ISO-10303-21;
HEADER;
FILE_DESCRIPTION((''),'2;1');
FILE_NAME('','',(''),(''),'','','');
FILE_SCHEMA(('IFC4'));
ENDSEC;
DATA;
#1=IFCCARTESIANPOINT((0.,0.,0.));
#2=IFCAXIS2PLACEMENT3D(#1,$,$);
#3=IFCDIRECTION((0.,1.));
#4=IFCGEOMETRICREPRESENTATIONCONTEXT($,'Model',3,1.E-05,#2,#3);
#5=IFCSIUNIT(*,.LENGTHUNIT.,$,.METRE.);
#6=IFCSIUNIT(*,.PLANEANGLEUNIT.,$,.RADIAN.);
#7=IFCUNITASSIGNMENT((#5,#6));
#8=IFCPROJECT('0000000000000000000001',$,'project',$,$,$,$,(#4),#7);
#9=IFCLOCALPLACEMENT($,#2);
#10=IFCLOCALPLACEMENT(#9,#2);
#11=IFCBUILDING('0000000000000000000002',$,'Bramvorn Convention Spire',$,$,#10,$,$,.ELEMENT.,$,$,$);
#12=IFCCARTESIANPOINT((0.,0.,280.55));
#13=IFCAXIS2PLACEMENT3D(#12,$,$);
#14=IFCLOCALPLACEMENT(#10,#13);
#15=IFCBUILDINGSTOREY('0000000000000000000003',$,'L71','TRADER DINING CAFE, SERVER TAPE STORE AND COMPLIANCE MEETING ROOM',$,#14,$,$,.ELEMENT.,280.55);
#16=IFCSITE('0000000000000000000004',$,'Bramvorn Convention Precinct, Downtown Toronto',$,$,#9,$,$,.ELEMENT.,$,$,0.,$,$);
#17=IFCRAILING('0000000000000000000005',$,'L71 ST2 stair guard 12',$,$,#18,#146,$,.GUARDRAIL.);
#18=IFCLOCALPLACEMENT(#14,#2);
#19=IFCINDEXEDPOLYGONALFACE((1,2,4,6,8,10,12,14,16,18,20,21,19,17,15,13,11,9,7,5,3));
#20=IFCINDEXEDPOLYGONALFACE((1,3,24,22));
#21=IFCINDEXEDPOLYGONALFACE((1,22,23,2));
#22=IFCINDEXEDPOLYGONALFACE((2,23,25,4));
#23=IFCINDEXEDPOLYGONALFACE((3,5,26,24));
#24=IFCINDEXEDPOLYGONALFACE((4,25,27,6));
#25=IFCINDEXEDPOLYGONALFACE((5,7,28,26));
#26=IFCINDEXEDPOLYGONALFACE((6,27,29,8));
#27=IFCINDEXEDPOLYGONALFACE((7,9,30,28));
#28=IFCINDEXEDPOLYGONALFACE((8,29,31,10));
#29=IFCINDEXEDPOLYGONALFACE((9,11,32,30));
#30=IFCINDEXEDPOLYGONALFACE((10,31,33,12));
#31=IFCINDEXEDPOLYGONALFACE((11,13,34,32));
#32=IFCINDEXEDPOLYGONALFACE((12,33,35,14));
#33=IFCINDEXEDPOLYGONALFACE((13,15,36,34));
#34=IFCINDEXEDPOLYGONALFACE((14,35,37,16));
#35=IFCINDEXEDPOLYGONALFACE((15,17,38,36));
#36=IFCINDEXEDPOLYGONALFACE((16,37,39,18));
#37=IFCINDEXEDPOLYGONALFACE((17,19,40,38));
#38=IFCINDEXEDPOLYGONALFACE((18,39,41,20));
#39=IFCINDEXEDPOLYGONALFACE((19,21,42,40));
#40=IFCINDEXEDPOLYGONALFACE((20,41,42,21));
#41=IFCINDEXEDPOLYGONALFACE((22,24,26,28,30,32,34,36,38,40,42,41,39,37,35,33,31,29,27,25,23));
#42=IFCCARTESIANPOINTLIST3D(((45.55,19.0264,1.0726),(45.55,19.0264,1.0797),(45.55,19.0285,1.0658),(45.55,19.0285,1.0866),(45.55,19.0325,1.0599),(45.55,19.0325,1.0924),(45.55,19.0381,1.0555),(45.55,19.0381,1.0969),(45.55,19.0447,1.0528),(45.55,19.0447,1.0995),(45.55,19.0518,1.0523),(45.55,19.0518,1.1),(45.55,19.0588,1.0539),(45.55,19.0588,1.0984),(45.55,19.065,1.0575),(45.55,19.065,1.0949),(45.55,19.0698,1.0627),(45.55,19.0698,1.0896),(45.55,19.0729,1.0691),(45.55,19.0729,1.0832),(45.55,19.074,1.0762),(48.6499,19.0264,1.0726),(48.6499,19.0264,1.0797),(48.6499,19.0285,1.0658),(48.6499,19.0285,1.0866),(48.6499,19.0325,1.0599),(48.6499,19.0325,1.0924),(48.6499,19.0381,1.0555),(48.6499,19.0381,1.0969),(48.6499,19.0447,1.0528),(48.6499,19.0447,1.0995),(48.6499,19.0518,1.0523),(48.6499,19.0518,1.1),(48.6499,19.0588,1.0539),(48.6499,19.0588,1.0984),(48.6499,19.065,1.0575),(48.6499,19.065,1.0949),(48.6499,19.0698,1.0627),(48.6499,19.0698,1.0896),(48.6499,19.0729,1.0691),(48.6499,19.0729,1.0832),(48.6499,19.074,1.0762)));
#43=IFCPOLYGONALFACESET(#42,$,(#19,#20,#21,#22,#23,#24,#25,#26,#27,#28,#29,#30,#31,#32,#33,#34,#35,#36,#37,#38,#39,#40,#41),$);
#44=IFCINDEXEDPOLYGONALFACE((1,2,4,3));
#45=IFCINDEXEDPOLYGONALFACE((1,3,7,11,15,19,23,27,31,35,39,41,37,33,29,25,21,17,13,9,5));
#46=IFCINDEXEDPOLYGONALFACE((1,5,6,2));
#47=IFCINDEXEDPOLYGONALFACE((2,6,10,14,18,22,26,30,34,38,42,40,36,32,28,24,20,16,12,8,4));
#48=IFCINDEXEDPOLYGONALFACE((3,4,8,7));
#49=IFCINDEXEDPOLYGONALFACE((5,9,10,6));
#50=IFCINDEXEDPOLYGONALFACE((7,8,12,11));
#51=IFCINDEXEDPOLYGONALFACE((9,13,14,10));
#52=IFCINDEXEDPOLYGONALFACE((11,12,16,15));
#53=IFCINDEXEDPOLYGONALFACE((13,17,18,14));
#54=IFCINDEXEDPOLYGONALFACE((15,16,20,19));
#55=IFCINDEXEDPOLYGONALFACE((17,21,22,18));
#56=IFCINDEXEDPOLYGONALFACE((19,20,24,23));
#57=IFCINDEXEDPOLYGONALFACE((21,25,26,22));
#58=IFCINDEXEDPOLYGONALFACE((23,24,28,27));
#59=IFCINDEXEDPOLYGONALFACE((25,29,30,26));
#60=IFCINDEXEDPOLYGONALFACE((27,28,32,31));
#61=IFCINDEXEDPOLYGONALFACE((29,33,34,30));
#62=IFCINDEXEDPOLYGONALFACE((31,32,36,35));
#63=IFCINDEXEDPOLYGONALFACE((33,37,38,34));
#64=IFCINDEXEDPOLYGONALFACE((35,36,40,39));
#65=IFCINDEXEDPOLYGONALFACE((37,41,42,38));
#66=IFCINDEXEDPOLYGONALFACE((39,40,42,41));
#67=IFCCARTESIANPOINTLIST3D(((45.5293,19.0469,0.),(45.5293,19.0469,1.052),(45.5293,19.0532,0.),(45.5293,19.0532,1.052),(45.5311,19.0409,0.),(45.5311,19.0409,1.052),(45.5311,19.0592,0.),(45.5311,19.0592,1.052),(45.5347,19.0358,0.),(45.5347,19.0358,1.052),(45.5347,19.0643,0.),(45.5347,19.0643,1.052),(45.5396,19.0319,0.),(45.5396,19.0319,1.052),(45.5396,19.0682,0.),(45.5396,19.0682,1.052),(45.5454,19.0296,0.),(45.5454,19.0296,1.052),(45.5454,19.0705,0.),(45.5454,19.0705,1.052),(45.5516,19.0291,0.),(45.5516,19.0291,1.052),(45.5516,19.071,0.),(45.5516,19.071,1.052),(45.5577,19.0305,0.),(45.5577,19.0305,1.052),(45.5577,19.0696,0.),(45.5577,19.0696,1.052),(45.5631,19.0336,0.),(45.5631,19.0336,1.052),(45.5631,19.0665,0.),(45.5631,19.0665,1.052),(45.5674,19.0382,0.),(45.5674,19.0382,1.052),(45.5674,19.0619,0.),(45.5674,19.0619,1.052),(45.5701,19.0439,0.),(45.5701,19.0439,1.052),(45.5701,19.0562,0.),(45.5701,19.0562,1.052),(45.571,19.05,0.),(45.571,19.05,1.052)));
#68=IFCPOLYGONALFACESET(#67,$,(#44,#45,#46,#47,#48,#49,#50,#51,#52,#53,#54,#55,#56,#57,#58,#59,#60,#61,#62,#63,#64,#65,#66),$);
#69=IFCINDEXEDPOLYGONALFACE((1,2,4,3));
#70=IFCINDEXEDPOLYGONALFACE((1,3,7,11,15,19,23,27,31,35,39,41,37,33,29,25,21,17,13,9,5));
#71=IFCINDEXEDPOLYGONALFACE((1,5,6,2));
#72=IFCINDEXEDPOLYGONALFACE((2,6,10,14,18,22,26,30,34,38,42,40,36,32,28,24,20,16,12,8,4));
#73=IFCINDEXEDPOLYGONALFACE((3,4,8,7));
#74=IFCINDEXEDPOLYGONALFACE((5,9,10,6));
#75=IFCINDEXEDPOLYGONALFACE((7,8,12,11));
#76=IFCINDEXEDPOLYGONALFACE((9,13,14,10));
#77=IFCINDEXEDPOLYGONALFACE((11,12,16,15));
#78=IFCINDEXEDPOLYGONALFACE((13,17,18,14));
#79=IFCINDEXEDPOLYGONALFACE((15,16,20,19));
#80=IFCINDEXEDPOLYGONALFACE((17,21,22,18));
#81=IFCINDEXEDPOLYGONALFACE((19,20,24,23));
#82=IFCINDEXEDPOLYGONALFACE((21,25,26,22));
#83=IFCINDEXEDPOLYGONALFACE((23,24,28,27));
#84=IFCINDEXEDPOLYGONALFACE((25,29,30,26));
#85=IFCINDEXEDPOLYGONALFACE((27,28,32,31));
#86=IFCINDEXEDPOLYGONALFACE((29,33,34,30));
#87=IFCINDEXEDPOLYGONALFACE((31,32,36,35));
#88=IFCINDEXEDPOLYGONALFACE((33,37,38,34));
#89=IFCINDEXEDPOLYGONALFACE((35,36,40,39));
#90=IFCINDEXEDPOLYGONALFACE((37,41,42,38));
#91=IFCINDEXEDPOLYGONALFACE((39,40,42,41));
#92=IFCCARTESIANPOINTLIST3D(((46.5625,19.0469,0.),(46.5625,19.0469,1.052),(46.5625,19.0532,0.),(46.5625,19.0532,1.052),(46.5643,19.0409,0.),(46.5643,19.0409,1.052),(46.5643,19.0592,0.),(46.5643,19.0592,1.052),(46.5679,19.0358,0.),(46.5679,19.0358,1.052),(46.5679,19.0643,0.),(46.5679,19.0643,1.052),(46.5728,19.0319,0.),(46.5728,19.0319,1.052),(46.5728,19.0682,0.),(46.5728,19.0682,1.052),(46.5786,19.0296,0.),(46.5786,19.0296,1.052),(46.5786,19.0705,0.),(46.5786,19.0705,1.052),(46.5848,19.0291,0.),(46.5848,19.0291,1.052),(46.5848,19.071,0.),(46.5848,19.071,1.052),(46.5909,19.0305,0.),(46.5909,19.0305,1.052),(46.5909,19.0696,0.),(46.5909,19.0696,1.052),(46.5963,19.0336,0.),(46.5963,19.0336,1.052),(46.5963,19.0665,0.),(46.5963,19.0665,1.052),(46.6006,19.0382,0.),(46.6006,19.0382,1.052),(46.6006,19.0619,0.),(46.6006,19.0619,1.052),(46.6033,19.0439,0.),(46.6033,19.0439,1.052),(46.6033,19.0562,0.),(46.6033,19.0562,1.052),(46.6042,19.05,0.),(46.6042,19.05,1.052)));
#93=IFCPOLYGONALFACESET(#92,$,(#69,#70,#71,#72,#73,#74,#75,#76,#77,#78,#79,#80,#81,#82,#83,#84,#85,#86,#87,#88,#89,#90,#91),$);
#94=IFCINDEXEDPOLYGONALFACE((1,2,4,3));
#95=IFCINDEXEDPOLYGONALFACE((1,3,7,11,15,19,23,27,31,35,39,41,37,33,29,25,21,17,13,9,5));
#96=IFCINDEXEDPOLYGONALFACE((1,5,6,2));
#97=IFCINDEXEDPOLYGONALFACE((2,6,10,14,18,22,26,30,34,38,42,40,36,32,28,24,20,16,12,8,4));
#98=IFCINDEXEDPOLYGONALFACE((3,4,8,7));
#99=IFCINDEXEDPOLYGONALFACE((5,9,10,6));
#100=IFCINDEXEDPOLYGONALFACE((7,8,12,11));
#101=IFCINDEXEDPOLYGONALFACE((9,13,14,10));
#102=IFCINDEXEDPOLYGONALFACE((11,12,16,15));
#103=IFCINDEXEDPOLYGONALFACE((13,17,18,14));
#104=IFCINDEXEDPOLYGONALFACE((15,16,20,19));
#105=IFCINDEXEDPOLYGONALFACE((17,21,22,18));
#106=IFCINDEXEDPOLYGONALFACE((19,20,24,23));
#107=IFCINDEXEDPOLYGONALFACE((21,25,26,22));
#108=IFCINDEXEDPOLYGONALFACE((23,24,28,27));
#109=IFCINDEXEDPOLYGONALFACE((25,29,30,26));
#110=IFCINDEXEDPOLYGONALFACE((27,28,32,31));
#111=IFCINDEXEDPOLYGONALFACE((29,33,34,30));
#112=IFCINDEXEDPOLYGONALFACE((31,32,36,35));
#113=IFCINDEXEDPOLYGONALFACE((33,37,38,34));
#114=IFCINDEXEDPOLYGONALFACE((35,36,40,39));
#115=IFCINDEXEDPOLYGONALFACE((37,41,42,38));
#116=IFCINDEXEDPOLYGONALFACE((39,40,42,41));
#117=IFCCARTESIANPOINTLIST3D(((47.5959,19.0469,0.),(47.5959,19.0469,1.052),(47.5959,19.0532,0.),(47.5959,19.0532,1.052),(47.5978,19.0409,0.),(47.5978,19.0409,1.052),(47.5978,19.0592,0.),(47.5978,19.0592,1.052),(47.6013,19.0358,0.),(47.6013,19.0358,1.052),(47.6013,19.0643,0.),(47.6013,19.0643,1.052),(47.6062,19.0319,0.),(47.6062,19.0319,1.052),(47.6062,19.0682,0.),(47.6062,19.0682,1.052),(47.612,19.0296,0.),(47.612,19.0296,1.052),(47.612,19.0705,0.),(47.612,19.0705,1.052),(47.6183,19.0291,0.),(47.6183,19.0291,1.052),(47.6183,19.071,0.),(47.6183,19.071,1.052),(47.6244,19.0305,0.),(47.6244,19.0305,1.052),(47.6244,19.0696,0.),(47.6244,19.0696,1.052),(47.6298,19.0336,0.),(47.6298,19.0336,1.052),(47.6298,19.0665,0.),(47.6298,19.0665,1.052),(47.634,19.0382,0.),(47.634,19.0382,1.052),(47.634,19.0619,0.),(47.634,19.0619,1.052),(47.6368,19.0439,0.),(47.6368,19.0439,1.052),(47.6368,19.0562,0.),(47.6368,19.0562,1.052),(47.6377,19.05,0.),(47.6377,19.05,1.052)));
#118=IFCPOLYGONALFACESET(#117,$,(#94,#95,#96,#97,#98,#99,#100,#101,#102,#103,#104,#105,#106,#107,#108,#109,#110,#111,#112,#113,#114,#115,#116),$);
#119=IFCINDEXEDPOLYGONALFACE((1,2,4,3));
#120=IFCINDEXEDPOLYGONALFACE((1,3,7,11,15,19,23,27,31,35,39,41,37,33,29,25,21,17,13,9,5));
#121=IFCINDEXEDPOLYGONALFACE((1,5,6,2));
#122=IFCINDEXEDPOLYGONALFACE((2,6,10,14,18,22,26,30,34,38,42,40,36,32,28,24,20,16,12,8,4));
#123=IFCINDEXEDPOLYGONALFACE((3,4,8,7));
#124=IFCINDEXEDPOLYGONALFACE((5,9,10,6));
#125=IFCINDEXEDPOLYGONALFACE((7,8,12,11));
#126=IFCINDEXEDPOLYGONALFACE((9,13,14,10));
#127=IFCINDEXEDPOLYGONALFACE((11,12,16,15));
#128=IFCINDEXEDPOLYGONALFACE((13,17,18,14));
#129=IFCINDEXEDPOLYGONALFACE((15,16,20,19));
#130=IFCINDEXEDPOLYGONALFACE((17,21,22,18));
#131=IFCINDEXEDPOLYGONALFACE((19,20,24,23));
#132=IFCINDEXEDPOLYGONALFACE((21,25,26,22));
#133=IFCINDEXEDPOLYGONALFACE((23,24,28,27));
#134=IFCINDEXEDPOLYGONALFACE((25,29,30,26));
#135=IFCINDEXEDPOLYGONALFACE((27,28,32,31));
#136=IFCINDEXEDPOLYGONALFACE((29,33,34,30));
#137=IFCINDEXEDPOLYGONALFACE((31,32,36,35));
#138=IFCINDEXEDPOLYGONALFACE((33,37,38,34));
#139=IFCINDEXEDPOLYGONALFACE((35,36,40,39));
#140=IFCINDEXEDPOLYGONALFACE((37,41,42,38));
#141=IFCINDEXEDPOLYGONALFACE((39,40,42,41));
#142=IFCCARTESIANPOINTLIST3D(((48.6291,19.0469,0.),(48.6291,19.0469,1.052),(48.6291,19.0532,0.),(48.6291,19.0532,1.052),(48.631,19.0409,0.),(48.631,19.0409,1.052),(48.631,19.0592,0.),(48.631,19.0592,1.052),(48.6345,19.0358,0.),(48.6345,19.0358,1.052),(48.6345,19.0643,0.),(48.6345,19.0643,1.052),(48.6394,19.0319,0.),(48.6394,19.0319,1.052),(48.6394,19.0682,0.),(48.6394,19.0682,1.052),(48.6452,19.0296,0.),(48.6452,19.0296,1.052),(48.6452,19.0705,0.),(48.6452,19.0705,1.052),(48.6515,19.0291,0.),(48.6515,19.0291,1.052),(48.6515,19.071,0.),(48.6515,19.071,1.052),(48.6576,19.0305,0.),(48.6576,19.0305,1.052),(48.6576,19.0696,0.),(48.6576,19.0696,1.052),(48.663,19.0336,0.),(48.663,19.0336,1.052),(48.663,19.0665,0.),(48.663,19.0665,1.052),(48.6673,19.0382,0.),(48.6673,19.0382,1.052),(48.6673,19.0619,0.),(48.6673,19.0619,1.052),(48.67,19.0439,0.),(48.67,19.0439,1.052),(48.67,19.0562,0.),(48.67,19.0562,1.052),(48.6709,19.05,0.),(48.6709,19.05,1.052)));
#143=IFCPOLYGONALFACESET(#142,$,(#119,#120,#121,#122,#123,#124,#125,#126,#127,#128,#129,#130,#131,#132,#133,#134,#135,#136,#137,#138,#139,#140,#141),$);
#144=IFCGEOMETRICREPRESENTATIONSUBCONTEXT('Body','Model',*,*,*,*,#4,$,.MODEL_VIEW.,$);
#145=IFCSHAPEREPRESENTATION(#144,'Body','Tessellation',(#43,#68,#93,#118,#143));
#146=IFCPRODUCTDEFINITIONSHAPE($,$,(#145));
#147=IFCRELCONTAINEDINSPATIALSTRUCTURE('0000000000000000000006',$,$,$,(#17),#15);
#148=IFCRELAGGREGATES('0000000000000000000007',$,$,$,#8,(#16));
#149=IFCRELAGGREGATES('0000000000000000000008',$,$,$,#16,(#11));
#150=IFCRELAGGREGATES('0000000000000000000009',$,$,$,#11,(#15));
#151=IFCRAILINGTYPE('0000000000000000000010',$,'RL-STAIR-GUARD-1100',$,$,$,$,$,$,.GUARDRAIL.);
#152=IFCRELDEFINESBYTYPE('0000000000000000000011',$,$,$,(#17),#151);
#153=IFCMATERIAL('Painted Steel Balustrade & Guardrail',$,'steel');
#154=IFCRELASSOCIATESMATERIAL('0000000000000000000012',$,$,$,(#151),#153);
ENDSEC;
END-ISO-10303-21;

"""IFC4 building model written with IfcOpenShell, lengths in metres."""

from ifc_helpers import new_model, si_unit, direction, frame, origin, origin_2d, place, context, subcontext, project, spatial, circle, extrude, material, type_object, element, save


model = new_model("IFC4")

# Units and contexts
model_context = context("Model", 3, precision=1e-05, world=origin(), true_north=direction((0.0, 1.0)))
body_context = subcontext(model_context, "Body", "Model", "MODEL_VIEW")
ifc_project = project(units=[si_unit("LENGTHUNIT", "METRE"), si_unit("PLANEANGLEUNIT", "RADIAN")], contexts=[model_context])

# Site, building, storey
site_placement = place(None, origin())
site = spatial("IfcSite", under=ifc_project, at=site_placement, Name="Bramvorn Convention Precinct, Downtown Toronto", CompositionType="ELEMENT", RefElevation=0.0)
building_placement = place(site_placement, origin())
building = spatial("IfcBuilding", under=site, at=building_placement, Name="Bramvorn Convention Spire", CompositionType="ELEMENT")
storey_placement = place(building_placement, frame((0.0, 0.0, 280.55)))
storey = spatial("IfcBuildingStorey", under=building, at=storey_placement, Name="L71", Description="TRADER DINING CAFE, SERVER TAPE STORE AND COMPLIANCE MEETING ROOM", CompositionType="ELEMENT", Elevation=280.55)

# Railing
ifc_material_1 = material(Name="Painted Steel Balustrade & Guardrail", Category="steel")
railing_type = type_object("IfcRailingType", Name="RL-STAIR-GUARD-1100", PredefinedType="GUARDRAIL", material=ifc_material_1)
railing_1_placement = place(storey_placement, frame((45.55, 19.05, 0.0)))
element("IfcRailing", 1, at=railing_1_placement, inside=storey, type_object=railing_type, Name="L71 ST2 stair guard 12", PredefinedType="GUARDRAIL", context=body_context, shape_type="SweptSolid", body=[
    extrude(circle(Radius=0.0239, at=origin_2d()), frame((0.0, 0.0, 1.0762), z_axis=(1.0, 0.0, 0.0), x_axis=(0.0, 1.0, 0.0)), (0.0, 0.0, 1.0), 3.0999),
    extrude(circle(Radius=0.021, at=origin_2d()), origin(), (0.0, 0.0, 1.0), 1.052),
    extrude(circle(Radius=0.021, at=origin_2d()), frame((1.0332, 0.0, 0.0)), (0.0, 0.0, 1.0), 1.052),
    extrude(circle(Radius=0.021, at=origin_2d()), frame((2.0667, 0.0, 0.0)), (0.0, 0.0, 1.0), 1.052),
    extrude(circle(Radius=0.021, at=origin_2d()), frame((3.0999, 0.0, 0.0)), (0.0, 0.0, 1.0), 1.052),
])

save(model, "model.ifc")
